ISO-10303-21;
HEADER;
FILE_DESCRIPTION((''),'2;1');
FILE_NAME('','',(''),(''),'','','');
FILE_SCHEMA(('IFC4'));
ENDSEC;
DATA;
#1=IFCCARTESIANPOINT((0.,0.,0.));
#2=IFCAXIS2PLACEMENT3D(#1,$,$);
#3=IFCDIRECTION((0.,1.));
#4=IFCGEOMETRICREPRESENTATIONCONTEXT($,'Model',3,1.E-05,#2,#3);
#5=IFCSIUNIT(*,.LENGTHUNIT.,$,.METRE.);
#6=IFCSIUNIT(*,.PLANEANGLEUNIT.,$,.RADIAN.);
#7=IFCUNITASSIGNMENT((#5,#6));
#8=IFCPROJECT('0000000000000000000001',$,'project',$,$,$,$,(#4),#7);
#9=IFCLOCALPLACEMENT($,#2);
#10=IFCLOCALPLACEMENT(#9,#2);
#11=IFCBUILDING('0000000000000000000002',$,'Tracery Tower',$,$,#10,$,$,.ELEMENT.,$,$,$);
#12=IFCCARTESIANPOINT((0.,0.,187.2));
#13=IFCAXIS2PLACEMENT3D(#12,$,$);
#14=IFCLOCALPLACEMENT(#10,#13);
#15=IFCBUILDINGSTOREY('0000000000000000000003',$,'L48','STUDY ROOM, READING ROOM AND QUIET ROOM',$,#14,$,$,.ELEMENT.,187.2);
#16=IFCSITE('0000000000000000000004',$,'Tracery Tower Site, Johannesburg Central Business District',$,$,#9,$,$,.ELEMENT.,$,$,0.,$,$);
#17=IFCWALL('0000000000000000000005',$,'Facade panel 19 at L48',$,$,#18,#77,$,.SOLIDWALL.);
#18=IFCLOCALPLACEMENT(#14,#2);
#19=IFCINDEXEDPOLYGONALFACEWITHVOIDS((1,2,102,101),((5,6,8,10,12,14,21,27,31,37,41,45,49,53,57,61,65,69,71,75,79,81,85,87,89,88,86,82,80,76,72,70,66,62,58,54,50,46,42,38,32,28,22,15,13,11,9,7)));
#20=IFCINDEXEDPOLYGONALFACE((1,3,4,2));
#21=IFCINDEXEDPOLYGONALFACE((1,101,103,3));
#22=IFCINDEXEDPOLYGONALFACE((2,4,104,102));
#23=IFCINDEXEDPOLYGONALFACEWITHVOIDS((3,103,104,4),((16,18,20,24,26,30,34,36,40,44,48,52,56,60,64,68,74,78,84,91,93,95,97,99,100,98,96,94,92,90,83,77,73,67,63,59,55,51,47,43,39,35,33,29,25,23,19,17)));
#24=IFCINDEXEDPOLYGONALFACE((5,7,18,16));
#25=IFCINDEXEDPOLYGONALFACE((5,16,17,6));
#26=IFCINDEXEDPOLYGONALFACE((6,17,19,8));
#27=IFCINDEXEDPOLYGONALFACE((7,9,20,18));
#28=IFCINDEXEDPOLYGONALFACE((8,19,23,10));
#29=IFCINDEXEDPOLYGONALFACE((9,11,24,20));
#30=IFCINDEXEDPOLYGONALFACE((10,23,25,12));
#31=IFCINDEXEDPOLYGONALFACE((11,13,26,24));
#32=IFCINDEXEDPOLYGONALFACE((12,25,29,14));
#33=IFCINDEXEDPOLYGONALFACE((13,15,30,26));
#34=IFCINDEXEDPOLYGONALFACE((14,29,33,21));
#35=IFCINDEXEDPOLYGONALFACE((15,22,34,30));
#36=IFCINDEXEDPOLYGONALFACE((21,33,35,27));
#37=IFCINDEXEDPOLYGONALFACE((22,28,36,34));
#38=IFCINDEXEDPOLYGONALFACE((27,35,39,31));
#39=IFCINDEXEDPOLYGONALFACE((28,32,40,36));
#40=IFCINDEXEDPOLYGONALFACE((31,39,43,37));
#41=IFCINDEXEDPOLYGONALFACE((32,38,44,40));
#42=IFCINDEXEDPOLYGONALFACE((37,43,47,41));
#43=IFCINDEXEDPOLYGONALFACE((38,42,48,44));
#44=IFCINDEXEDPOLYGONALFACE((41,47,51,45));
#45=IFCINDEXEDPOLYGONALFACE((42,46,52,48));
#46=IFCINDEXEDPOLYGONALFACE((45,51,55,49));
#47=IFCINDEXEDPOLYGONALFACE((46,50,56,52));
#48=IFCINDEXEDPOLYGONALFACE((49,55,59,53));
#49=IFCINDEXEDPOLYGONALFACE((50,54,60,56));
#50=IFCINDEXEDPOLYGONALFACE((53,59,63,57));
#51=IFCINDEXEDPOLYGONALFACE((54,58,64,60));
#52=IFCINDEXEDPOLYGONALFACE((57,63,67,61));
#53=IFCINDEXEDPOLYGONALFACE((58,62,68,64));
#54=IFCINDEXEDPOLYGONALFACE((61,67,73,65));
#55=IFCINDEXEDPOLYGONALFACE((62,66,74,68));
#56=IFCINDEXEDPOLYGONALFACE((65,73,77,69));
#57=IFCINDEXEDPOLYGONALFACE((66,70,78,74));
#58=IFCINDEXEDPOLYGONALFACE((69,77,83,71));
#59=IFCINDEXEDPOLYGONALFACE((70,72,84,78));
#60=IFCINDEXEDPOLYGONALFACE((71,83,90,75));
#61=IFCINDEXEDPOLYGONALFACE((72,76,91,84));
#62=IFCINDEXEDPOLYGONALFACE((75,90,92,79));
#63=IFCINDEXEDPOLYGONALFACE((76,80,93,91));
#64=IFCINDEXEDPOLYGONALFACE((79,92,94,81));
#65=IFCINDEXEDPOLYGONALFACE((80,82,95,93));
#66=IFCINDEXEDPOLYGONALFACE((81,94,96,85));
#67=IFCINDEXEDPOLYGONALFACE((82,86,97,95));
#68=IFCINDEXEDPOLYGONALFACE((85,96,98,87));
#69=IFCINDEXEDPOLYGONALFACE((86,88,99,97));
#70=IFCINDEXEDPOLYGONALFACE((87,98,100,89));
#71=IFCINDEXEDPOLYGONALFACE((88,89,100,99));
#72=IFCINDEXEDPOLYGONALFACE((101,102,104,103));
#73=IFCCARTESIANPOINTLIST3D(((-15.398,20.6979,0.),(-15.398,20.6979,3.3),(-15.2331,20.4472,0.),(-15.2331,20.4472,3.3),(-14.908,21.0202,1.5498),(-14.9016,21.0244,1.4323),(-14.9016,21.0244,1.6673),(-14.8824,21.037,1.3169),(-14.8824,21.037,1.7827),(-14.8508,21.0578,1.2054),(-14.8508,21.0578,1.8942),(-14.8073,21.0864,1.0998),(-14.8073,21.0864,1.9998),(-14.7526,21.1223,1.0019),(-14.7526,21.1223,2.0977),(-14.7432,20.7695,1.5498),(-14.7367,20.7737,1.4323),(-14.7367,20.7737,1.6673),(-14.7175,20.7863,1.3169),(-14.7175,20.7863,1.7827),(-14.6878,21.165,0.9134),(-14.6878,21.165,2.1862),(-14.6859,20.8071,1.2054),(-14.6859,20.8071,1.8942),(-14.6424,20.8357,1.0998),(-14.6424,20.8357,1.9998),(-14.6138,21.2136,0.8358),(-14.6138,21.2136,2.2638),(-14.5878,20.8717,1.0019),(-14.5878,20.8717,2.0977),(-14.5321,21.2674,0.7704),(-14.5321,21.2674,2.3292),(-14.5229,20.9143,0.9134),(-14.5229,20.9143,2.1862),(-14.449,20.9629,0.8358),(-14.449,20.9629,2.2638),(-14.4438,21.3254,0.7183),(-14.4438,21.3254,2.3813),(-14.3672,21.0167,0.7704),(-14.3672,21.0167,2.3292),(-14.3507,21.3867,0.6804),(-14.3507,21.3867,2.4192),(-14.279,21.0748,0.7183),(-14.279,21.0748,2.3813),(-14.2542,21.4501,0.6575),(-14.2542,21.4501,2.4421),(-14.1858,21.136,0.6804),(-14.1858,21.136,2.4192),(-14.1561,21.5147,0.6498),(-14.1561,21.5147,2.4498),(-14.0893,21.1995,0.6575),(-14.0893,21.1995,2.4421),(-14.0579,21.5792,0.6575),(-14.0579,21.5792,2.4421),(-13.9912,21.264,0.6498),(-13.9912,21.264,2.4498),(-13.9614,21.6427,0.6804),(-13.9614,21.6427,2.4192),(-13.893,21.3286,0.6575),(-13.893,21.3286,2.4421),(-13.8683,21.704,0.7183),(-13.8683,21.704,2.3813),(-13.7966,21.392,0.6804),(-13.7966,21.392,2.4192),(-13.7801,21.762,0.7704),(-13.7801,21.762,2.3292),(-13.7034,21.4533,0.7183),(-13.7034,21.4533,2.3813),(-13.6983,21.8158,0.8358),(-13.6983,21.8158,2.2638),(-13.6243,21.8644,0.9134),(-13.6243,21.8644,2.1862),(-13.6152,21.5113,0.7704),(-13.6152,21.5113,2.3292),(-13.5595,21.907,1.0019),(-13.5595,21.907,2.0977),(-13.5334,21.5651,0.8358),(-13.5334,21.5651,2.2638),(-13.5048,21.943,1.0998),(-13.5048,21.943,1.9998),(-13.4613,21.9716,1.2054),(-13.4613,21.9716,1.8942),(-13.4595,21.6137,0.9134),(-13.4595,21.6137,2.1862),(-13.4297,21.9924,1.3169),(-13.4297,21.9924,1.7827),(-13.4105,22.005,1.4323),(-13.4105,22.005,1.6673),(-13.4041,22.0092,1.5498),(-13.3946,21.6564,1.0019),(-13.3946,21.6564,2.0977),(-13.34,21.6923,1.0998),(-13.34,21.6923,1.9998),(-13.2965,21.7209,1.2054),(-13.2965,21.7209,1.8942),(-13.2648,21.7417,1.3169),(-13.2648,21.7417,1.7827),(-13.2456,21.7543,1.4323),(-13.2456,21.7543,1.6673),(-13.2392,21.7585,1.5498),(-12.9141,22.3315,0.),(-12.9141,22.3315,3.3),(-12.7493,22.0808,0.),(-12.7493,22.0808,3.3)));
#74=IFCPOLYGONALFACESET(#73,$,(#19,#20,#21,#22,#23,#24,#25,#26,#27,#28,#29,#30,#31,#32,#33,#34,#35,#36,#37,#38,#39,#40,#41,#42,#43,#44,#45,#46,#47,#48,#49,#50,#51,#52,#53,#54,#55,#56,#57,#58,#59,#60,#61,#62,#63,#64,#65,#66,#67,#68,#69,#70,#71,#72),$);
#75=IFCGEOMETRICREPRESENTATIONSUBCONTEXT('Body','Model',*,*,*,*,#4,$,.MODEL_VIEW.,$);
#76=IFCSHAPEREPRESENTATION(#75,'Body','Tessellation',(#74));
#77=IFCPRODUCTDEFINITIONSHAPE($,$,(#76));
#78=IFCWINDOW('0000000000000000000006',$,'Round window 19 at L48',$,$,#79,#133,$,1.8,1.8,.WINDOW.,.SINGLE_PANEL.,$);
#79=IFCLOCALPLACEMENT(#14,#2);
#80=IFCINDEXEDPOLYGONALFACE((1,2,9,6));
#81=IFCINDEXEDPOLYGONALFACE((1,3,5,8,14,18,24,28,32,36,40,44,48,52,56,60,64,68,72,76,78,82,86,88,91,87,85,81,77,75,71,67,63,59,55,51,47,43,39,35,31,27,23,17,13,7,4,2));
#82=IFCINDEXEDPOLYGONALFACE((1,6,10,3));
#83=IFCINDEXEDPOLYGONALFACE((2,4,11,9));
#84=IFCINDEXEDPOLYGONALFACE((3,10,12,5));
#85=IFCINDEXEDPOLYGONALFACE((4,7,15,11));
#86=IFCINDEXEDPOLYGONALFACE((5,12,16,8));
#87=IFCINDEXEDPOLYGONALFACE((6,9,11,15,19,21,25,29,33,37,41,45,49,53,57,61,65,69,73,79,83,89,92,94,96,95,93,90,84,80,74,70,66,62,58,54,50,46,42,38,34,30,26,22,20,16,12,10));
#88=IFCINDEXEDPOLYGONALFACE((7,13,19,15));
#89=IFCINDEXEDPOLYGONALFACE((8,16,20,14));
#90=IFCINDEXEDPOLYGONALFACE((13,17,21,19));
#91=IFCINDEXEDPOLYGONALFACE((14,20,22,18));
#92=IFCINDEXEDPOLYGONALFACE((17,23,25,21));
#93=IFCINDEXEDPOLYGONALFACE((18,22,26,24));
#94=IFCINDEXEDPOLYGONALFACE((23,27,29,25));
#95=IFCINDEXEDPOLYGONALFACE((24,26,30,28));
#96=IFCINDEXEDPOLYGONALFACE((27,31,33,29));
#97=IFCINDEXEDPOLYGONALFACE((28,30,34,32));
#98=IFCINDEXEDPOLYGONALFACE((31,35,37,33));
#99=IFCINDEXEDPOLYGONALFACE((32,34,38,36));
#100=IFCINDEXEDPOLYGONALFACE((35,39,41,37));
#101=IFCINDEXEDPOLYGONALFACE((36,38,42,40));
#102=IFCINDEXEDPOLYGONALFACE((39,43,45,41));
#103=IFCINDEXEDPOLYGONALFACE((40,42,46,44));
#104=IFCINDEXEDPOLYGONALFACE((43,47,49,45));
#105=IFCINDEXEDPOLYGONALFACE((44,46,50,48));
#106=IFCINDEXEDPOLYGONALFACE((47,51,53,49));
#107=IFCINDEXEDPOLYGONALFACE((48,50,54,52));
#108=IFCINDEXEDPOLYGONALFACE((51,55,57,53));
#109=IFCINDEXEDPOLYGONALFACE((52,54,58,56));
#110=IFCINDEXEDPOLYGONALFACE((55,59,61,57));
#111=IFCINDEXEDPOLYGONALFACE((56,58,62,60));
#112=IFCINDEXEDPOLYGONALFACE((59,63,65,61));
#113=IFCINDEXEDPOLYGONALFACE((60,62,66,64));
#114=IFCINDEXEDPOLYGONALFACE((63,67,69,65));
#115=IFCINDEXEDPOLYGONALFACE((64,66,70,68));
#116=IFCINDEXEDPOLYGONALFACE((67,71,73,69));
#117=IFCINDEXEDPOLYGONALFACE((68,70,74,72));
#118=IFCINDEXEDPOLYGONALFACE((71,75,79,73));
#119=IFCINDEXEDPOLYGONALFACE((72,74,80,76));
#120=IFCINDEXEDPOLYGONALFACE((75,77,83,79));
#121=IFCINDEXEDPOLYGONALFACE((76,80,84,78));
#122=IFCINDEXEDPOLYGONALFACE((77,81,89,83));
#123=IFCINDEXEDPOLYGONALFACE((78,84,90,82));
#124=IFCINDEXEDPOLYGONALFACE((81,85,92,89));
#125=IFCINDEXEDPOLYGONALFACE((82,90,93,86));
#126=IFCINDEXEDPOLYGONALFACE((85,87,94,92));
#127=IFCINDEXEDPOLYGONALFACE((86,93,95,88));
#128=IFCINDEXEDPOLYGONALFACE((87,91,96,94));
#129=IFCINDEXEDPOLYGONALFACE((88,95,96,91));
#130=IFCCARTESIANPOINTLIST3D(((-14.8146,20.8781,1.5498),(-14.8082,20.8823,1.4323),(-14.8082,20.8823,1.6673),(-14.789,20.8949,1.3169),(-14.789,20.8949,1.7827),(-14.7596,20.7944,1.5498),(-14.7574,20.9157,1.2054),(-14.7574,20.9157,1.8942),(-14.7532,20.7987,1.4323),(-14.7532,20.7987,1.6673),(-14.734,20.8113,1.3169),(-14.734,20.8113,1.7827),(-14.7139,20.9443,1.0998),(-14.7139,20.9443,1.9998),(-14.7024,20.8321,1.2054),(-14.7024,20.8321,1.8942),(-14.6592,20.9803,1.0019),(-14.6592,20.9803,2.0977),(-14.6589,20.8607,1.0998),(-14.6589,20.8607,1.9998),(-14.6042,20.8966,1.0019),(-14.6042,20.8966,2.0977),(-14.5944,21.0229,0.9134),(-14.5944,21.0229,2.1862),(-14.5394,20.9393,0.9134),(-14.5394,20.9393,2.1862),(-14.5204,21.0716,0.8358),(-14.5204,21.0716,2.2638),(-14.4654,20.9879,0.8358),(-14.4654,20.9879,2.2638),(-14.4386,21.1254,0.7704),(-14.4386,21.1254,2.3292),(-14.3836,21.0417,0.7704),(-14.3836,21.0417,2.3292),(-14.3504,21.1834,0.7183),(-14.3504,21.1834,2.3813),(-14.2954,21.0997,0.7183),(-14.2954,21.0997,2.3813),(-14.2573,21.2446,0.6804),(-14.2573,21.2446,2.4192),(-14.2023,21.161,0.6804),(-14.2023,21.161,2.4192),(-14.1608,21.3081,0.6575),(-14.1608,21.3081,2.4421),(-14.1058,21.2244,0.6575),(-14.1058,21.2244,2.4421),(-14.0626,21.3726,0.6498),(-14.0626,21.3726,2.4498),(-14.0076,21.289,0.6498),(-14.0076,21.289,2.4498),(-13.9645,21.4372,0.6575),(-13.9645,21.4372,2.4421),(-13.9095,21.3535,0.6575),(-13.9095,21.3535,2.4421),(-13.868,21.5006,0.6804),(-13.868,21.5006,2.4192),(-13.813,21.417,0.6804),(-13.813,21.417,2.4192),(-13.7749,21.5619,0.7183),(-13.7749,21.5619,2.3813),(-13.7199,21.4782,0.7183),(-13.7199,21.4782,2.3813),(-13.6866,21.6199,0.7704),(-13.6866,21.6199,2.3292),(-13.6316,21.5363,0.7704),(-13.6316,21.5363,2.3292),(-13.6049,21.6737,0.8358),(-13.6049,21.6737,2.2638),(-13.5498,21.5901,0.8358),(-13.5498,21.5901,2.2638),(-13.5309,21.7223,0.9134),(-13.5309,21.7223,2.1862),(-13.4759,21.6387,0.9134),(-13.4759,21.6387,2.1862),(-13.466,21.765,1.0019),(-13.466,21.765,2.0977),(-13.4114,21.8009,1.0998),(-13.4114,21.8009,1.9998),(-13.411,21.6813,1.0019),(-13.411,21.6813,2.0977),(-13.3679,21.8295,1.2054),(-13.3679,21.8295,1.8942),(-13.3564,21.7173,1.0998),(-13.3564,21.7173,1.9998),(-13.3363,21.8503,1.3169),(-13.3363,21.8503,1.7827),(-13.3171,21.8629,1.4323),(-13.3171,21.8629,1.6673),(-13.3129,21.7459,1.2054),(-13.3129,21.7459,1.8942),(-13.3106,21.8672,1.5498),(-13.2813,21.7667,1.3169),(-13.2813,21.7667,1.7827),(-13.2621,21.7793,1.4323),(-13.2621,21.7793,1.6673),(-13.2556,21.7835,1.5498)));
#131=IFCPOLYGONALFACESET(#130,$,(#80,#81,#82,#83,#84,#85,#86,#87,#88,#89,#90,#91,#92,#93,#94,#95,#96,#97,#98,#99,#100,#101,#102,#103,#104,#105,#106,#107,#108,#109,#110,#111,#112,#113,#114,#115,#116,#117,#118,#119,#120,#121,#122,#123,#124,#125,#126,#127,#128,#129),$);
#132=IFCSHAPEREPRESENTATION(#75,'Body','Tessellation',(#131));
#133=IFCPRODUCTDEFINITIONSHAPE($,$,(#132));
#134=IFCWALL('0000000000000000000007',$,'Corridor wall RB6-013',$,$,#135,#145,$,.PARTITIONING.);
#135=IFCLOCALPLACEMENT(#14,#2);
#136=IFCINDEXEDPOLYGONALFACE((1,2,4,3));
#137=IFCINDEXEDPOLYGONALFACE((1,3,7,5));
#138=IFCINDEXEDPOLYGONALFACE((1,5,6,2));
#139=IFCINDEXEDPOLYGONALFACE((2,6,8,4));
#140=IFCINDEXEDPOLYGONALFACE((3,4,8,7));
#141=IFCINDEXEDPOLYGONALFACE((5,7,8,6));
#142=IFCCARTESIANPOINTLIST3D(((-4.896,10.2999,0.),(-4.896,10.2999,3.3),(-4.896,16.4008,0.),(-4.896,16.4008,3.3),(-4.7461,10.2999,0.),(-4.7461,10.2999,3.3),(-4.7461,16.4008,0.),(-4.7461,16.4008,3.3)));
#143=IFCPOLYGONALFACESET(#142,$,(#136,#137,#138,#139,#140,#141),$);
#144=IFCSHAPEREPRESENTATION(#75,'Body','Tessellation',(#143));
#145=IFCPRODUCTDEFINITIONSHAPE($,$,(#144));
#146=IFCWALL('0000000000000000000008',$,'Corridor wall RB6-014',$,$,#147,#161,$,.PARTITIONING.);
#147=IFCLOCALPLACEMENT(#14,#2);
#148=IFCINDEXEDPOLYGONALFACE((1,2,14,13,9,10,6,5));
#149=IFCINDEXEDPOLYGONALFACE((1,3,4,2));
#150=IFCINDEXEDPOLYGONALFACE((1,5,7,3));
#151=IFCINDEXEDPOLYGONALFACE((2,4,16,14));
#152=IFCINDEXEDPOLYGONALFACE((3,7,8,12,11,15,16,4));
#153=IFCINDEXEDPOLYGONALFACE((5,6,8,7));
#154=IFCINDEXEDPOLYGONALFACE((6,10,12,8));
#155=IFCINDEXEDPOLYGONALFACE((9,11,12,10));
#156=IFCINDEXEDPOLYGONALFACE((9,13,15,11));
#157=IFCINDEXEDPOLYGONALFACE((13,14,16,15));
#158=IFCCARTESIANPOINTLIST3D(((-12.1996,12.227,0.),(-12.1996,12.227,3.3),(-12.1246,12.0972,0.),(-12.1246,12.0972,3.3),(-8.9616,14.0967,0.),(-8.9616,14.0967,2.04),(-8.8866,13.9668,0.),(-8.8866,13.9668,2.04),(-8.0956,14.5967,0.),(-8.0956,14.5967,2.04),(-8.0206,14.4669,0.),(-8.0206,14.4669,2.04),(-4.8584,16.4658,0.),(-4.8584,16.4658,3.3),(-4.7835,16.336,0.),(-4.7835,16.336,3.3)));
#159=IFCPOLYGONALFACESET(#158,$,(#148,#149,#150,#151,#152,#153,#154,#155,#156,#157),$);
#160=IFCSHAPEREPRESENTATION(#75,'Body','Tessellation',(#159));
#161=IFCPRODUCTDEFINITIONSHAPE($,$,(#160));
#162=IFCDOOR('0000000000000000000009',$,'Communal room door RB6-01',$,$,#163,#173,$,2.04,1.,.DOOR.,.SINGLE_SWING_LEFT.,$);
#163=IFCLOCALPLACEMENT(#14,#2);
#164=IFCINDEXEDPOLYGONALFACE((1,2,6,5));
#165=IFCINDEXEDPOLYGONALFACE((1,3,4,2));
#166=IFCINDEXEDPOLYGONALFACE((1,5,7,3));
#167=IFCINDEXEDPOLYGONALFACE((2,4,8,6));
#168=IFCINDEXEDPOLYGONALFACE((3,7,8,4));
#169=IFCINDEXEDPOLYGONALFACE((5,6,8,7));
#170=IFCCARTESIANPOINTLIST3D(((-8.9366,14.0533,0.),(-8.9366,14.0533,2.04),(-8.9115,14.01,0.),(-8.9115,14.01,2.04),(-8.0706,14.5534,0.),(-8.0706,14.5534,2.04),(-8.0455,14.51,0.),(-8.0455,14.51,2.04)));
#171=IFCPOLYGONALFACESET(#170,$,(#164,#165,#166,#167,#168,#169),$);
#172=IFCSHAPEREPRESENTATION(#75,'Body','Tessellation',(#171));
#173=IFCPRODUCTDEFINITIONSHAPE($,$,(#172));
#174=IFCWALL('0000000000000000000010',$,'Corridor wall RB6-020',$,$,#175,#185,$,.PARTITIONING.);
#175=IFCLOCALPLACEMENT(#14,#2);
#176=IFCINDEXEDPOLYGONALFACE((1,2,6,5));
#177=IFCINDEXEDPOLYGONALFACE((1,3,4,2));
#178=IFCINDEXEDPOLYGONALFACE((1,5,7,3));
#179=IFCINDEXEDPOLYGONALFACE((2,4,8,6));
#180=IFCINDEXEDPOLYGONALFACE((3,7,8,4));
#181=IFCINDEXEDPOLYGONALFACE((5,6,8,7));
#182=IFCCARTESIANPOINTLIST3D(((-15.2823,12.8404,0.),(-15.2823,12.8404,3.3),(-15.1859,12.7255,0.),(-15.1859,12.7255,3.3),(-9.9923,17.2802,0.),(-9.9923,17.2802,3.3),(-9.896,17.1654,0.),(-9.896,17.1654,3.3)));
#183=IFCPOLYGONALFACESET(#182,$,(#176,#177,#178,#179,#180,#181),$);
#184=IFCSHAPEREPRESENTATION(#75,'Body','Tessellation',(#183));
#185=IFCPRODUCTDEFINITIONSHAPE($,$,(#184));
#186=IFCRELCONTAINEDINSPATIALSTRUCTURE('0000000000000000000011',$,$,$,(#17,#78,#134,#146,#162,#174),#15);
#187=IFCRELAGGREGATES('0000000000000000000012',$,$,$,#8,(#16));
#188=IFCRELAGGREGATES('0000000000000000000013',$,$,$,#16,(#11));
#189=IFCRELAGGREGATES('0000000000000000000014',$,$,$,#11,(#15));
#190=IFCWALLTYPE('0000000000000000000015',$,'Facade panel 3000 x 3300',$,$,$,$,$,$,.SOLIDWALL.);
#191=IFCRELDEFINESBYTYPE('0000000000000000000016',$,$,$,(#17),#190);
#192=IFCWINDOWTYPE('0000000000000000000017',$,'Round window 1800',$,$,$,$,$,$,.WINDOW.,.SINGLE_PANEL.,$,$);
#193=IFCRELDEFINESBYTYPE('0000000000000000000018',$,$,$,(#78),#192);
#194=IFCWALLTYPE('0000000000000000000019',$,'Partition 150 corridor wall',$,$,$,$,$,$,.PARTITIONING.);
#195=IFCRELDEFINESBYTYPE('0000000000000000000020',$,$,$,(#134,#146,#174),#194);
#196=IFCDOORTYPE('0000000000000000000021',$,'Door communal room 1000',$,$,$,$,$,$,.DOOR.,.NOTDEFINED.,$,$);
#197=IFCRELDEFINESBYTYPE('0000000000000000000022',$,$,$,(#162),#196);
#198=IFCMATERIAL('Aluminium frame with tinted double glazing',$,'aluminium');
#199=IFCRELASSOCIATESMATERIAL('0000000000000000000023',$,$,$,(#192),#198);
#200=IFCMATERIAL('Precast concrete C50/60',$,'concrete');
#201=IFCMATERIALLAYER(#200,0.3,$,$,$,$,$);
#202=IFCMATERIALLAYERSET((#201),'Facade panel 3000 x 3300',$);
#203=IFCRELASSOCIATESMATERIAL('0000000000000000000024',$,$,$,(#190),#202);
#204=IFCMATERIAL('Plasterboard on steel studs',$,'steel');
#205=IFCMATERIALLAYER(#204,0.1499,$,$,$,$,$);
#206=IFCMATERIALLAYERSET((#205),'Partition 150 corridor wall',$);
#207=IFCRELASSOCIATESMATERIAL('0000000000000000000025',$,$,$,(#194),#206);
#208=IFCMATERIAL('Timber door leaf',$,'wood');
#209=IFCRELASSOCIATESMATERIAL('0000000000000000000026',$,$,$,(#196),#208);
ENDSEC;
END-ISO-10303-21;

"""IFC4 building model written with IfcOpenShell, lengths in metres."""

from ifc_helpers import new_model, si_unit, direction, frame, frame_2d, origin, origin_2d, place, context, subcontext, project, spatial, rectangle, circle, extrude, material, layer, layer_set, type_object, element, fill, save


model = new_model("IFC4")

# Units and contexts
model_context = context("Model", 3, precision=1e-05, world=origin(), true_north=direction((0.0, 1.0)))
body_context = subcontext(model_context, "Body", "Model", "MODEL_VIEW")
ifc_project = project(units=[si_unit("LENGTHUNIT", "METRE"), si_unit("PLANEANGLEUNIT", "RADIAN")], contexts=[model_context])

# Site, building, storey
site_placement = place(None, origin())
site = spatial("IfcSite", under=ifc_project, at=site_placement, Name="Tracery Tower Site, Johannesburg Central Business District", CompositionType="ELEMENT", RefElevation=0.0)
building_placement = place(site_placement, origin())
building = spatial("IfcBuilding", under=site, at=building_placement, Name="Tracery Tower", CompositionType="ELEMENT")
storey_placement = place(building_placement, frame((0.0, 0.0, 187.2)))
storey = spatial("IfcBuildingStorey", under=building, at=storey_placement, Name="L48", Description="STUDY ROOM, READING ROOM AND QUIET ROOM", CompositionType="ELEMENT", Elevation=187.2)

# Wall, opening, window
ifc_material_1 = material(Name="Aluminium frame with tinted double glazing", Category="aluminium")
window_type = type_object("IfcWindowType", Name="Round window 1800", PartitioningType="SINGLE_PANEL", PredefinedType="WINDOW", material=ifc_material_1)
ifc_material_2 = material(Name="Precast concrete C50/60", Category="concrete")
ifc_layer_1 = layer(ifc_material_2, 0.3)
ifc_layer_set_1 = layer_set([ifc_layer_1], Name="Facade panel 3000 x 3300")
wall_type_1 = type_object("IfcWallType", Name="Facade panel 3000 x 3300", PredefinedType="SOLIDWALL", material=ifc_layer_set_1)
wall_1_placement = place(storey_placement, frame((-12.8318, 22.2061, 0.0), z_axis=(0.0, 0.0, 1.0), x_axis=(-0.835508, -0.549478, 0.0)))
wall_1 = element("IfcWall", 1, at=wall_1_placement, inside=storey, type_object=wall_type_1, Name="Facade panel 19 at L48", PredefinedType="SOLIDWALL", context=body_context, shape_type="SweptSolid", body=[
    extrude(rectangle(XDim=2.9729, YDim=0.3, at=frame_2d((1.4863, 0.0))), origin(), (0.0, 0.0, 1.0), 3.3),
])
opening_1_placement = place(wall_1_placement, frame((1.4863, 0.0, 1.5498)))
opening_1 = element("IfcOpeningElement", 2, at=opening_1_placement, cuts=wall_1, PredefinedType="OPENING", context=body_context, shape_type="SweptSolid", body=[
    extrude(circle(Radius=0.9, at=origin_2d()), frame((0.0, 0.1599, 0.0), z_axis=(0.0, -1.0, 0.0), x_axis=(1.0, 0.0, 0.0)), (0.0, 0.0, 1.0), 0.3201),
])
window_1_placement = place(opening_1_placement, origin())
window_1 = element("IfcWindow", 3, at=window_1_placement, inside=storey, type_object=window_type, Name="Round window 19 at L48", OverallHeight=1.8, OverallWidth=1.8, PartitioningType="SINGLE_PANEL", PredefinedType="WINDOW", context=body_context, shape_type="SweptSolid", body=[
    extrude(circle(Radius=0.9, at=origin_2d()), frame((0.0, 0.1201, 0.0), z_axis=(0.0, -1.0, 0.0), x_axis=(1.0, 0.0, 0.0)), (0.0, 0.0, 1.0), 0.1001),
])
fill(opening_1, window_1)

# Wall
ifc_material_3 = material(Name="Plasterboard on steel studs", Category="steel")
ifc_layer_2 = layer(ifc_material_3, 0.1499)
ifc_layer_set_2 = layer_set([ifc_layer_2], Name="Partition 150 corridor wall")
wall_type_2 = type_object("IfcWallType", Name="Partition 150 corridor wall", PredefinedType="PARTITIONING", material=ifc_layer_set_2)
wall_2_placement = place(storey_placement, frame((-4.821, 10.3, 0.0), z_axis=(0.0, 0.0, 1.0), x_axis=(0.0, 1.0, 0.0)))
element("IfcWall", 4, at=wall_2_placement, inside=storey, type_object=wall_type_2, Name="Corridor wall RB6-013", PredefinedType="PARTITIONING", context=body_context, shape_type="SweptSolid", body=[
    extrude(rectangle(XDim=6.1008, YDim=0.1499, at=frame_2d((3.0503, 0.0))), origin(), (0.0, 0.0, 1.0), 3.3),
])

# Wall, opening, door
wall_3_placement = place(storey_placement, frame((-12.1621, 12.1621, 0.0), z_axis=(0.0, 0.0, 1.0), x_axis=(0.866005, 0.500036, 0.0)))
wall_3 = element("IfcWall", 5, at=wall_3_placement, inside=storey, type_object=wall_type_2, Name="Corridor wall RB6-014", PredefinedType="PARTITIONING", context=body_context, shape_type="SweptSolid", body=[
    extrude(rectangle(XDim=8.4771, YDim=0.1499, at=frame_2d((4.2385, 0.0))), origin(), (0.0, 0.0, 1.0), 3.3),
])
opening_2_placement = place(wall_3_placement, frame((3.739, 0.0, 0.0)))
opening_2 = element("IfcOpeningElement", 6, at=opening_2_placement, cuts=wall_3, PredefinedType="OPENING", context=body_context, shape_type="SweptSolid", body=[
    extrude(rectangle(XDim=1.0, YDim=2.04, at=frame_2d((0.5, 1.02))), frame((0.0, 0.075, 0.0), z_axis=(0.0, -1.0, 0.0), x_axis=(1.0, 0.0, 0.0)), (0.0, 0.0, 1.0), 0.1499),
])
ifc_material_4 = material(Name="Timber door leaf", Category="wood")
door_type = type_object("IfcDoorType", Name="Door communal room 1000", OperationType="NOTDEFINED", PredefinedType="DOOR", material=ifc_material_4)
door_1_placement = place(opening_2_placement, origin())
door_1 = element("IfcDoor", 7, at=door_1_placement, inside=storey, type_object=door_type, Name="Communal room door RB6-01", OperationType="SINGLE_SWING_LEFT", OverallHeight=2.04, OverallWidth=1.0, PredefinedType="DOOR", context=body_context, shape_type="SweptSolid", body=[
    extrude(rectangle(XDim=1.0, YDim=2.04, at=frame_2d((0.5, 1.02))), frame((0.0, 0.0249, 0.0), z_axis=(0.0, -1.0, 0.0), x_axis=(1.0, 0.0, 0.0)), (0.0, 0.0, 1.0), 0.05),
])
fill(opening_2, door_1)

# Wall
wall_4_placement = place(storey_placement, frame((-15.2341, 12.783, 0.0), z_axis=(0.0, 0.0, 1.0), x_axis=(0.765968, 0.642879, 0.0)))
element("IfcWall", 8, at=wall_4_placement, inside=storey, type_object=wall_type_2, Name="Corridor wall RB6-020", PredefinedType="PARTITIONING", context=body_context, shape_type="SweptSolid", body=[
    extrude(rectangle(XDim=6.9062, YDim=0.1499, at=frame_2d((3.4531, 0.0))), origin(), (0.0, 0.0, 1.0), 3.3),
])

save(model, "model.ifc")
